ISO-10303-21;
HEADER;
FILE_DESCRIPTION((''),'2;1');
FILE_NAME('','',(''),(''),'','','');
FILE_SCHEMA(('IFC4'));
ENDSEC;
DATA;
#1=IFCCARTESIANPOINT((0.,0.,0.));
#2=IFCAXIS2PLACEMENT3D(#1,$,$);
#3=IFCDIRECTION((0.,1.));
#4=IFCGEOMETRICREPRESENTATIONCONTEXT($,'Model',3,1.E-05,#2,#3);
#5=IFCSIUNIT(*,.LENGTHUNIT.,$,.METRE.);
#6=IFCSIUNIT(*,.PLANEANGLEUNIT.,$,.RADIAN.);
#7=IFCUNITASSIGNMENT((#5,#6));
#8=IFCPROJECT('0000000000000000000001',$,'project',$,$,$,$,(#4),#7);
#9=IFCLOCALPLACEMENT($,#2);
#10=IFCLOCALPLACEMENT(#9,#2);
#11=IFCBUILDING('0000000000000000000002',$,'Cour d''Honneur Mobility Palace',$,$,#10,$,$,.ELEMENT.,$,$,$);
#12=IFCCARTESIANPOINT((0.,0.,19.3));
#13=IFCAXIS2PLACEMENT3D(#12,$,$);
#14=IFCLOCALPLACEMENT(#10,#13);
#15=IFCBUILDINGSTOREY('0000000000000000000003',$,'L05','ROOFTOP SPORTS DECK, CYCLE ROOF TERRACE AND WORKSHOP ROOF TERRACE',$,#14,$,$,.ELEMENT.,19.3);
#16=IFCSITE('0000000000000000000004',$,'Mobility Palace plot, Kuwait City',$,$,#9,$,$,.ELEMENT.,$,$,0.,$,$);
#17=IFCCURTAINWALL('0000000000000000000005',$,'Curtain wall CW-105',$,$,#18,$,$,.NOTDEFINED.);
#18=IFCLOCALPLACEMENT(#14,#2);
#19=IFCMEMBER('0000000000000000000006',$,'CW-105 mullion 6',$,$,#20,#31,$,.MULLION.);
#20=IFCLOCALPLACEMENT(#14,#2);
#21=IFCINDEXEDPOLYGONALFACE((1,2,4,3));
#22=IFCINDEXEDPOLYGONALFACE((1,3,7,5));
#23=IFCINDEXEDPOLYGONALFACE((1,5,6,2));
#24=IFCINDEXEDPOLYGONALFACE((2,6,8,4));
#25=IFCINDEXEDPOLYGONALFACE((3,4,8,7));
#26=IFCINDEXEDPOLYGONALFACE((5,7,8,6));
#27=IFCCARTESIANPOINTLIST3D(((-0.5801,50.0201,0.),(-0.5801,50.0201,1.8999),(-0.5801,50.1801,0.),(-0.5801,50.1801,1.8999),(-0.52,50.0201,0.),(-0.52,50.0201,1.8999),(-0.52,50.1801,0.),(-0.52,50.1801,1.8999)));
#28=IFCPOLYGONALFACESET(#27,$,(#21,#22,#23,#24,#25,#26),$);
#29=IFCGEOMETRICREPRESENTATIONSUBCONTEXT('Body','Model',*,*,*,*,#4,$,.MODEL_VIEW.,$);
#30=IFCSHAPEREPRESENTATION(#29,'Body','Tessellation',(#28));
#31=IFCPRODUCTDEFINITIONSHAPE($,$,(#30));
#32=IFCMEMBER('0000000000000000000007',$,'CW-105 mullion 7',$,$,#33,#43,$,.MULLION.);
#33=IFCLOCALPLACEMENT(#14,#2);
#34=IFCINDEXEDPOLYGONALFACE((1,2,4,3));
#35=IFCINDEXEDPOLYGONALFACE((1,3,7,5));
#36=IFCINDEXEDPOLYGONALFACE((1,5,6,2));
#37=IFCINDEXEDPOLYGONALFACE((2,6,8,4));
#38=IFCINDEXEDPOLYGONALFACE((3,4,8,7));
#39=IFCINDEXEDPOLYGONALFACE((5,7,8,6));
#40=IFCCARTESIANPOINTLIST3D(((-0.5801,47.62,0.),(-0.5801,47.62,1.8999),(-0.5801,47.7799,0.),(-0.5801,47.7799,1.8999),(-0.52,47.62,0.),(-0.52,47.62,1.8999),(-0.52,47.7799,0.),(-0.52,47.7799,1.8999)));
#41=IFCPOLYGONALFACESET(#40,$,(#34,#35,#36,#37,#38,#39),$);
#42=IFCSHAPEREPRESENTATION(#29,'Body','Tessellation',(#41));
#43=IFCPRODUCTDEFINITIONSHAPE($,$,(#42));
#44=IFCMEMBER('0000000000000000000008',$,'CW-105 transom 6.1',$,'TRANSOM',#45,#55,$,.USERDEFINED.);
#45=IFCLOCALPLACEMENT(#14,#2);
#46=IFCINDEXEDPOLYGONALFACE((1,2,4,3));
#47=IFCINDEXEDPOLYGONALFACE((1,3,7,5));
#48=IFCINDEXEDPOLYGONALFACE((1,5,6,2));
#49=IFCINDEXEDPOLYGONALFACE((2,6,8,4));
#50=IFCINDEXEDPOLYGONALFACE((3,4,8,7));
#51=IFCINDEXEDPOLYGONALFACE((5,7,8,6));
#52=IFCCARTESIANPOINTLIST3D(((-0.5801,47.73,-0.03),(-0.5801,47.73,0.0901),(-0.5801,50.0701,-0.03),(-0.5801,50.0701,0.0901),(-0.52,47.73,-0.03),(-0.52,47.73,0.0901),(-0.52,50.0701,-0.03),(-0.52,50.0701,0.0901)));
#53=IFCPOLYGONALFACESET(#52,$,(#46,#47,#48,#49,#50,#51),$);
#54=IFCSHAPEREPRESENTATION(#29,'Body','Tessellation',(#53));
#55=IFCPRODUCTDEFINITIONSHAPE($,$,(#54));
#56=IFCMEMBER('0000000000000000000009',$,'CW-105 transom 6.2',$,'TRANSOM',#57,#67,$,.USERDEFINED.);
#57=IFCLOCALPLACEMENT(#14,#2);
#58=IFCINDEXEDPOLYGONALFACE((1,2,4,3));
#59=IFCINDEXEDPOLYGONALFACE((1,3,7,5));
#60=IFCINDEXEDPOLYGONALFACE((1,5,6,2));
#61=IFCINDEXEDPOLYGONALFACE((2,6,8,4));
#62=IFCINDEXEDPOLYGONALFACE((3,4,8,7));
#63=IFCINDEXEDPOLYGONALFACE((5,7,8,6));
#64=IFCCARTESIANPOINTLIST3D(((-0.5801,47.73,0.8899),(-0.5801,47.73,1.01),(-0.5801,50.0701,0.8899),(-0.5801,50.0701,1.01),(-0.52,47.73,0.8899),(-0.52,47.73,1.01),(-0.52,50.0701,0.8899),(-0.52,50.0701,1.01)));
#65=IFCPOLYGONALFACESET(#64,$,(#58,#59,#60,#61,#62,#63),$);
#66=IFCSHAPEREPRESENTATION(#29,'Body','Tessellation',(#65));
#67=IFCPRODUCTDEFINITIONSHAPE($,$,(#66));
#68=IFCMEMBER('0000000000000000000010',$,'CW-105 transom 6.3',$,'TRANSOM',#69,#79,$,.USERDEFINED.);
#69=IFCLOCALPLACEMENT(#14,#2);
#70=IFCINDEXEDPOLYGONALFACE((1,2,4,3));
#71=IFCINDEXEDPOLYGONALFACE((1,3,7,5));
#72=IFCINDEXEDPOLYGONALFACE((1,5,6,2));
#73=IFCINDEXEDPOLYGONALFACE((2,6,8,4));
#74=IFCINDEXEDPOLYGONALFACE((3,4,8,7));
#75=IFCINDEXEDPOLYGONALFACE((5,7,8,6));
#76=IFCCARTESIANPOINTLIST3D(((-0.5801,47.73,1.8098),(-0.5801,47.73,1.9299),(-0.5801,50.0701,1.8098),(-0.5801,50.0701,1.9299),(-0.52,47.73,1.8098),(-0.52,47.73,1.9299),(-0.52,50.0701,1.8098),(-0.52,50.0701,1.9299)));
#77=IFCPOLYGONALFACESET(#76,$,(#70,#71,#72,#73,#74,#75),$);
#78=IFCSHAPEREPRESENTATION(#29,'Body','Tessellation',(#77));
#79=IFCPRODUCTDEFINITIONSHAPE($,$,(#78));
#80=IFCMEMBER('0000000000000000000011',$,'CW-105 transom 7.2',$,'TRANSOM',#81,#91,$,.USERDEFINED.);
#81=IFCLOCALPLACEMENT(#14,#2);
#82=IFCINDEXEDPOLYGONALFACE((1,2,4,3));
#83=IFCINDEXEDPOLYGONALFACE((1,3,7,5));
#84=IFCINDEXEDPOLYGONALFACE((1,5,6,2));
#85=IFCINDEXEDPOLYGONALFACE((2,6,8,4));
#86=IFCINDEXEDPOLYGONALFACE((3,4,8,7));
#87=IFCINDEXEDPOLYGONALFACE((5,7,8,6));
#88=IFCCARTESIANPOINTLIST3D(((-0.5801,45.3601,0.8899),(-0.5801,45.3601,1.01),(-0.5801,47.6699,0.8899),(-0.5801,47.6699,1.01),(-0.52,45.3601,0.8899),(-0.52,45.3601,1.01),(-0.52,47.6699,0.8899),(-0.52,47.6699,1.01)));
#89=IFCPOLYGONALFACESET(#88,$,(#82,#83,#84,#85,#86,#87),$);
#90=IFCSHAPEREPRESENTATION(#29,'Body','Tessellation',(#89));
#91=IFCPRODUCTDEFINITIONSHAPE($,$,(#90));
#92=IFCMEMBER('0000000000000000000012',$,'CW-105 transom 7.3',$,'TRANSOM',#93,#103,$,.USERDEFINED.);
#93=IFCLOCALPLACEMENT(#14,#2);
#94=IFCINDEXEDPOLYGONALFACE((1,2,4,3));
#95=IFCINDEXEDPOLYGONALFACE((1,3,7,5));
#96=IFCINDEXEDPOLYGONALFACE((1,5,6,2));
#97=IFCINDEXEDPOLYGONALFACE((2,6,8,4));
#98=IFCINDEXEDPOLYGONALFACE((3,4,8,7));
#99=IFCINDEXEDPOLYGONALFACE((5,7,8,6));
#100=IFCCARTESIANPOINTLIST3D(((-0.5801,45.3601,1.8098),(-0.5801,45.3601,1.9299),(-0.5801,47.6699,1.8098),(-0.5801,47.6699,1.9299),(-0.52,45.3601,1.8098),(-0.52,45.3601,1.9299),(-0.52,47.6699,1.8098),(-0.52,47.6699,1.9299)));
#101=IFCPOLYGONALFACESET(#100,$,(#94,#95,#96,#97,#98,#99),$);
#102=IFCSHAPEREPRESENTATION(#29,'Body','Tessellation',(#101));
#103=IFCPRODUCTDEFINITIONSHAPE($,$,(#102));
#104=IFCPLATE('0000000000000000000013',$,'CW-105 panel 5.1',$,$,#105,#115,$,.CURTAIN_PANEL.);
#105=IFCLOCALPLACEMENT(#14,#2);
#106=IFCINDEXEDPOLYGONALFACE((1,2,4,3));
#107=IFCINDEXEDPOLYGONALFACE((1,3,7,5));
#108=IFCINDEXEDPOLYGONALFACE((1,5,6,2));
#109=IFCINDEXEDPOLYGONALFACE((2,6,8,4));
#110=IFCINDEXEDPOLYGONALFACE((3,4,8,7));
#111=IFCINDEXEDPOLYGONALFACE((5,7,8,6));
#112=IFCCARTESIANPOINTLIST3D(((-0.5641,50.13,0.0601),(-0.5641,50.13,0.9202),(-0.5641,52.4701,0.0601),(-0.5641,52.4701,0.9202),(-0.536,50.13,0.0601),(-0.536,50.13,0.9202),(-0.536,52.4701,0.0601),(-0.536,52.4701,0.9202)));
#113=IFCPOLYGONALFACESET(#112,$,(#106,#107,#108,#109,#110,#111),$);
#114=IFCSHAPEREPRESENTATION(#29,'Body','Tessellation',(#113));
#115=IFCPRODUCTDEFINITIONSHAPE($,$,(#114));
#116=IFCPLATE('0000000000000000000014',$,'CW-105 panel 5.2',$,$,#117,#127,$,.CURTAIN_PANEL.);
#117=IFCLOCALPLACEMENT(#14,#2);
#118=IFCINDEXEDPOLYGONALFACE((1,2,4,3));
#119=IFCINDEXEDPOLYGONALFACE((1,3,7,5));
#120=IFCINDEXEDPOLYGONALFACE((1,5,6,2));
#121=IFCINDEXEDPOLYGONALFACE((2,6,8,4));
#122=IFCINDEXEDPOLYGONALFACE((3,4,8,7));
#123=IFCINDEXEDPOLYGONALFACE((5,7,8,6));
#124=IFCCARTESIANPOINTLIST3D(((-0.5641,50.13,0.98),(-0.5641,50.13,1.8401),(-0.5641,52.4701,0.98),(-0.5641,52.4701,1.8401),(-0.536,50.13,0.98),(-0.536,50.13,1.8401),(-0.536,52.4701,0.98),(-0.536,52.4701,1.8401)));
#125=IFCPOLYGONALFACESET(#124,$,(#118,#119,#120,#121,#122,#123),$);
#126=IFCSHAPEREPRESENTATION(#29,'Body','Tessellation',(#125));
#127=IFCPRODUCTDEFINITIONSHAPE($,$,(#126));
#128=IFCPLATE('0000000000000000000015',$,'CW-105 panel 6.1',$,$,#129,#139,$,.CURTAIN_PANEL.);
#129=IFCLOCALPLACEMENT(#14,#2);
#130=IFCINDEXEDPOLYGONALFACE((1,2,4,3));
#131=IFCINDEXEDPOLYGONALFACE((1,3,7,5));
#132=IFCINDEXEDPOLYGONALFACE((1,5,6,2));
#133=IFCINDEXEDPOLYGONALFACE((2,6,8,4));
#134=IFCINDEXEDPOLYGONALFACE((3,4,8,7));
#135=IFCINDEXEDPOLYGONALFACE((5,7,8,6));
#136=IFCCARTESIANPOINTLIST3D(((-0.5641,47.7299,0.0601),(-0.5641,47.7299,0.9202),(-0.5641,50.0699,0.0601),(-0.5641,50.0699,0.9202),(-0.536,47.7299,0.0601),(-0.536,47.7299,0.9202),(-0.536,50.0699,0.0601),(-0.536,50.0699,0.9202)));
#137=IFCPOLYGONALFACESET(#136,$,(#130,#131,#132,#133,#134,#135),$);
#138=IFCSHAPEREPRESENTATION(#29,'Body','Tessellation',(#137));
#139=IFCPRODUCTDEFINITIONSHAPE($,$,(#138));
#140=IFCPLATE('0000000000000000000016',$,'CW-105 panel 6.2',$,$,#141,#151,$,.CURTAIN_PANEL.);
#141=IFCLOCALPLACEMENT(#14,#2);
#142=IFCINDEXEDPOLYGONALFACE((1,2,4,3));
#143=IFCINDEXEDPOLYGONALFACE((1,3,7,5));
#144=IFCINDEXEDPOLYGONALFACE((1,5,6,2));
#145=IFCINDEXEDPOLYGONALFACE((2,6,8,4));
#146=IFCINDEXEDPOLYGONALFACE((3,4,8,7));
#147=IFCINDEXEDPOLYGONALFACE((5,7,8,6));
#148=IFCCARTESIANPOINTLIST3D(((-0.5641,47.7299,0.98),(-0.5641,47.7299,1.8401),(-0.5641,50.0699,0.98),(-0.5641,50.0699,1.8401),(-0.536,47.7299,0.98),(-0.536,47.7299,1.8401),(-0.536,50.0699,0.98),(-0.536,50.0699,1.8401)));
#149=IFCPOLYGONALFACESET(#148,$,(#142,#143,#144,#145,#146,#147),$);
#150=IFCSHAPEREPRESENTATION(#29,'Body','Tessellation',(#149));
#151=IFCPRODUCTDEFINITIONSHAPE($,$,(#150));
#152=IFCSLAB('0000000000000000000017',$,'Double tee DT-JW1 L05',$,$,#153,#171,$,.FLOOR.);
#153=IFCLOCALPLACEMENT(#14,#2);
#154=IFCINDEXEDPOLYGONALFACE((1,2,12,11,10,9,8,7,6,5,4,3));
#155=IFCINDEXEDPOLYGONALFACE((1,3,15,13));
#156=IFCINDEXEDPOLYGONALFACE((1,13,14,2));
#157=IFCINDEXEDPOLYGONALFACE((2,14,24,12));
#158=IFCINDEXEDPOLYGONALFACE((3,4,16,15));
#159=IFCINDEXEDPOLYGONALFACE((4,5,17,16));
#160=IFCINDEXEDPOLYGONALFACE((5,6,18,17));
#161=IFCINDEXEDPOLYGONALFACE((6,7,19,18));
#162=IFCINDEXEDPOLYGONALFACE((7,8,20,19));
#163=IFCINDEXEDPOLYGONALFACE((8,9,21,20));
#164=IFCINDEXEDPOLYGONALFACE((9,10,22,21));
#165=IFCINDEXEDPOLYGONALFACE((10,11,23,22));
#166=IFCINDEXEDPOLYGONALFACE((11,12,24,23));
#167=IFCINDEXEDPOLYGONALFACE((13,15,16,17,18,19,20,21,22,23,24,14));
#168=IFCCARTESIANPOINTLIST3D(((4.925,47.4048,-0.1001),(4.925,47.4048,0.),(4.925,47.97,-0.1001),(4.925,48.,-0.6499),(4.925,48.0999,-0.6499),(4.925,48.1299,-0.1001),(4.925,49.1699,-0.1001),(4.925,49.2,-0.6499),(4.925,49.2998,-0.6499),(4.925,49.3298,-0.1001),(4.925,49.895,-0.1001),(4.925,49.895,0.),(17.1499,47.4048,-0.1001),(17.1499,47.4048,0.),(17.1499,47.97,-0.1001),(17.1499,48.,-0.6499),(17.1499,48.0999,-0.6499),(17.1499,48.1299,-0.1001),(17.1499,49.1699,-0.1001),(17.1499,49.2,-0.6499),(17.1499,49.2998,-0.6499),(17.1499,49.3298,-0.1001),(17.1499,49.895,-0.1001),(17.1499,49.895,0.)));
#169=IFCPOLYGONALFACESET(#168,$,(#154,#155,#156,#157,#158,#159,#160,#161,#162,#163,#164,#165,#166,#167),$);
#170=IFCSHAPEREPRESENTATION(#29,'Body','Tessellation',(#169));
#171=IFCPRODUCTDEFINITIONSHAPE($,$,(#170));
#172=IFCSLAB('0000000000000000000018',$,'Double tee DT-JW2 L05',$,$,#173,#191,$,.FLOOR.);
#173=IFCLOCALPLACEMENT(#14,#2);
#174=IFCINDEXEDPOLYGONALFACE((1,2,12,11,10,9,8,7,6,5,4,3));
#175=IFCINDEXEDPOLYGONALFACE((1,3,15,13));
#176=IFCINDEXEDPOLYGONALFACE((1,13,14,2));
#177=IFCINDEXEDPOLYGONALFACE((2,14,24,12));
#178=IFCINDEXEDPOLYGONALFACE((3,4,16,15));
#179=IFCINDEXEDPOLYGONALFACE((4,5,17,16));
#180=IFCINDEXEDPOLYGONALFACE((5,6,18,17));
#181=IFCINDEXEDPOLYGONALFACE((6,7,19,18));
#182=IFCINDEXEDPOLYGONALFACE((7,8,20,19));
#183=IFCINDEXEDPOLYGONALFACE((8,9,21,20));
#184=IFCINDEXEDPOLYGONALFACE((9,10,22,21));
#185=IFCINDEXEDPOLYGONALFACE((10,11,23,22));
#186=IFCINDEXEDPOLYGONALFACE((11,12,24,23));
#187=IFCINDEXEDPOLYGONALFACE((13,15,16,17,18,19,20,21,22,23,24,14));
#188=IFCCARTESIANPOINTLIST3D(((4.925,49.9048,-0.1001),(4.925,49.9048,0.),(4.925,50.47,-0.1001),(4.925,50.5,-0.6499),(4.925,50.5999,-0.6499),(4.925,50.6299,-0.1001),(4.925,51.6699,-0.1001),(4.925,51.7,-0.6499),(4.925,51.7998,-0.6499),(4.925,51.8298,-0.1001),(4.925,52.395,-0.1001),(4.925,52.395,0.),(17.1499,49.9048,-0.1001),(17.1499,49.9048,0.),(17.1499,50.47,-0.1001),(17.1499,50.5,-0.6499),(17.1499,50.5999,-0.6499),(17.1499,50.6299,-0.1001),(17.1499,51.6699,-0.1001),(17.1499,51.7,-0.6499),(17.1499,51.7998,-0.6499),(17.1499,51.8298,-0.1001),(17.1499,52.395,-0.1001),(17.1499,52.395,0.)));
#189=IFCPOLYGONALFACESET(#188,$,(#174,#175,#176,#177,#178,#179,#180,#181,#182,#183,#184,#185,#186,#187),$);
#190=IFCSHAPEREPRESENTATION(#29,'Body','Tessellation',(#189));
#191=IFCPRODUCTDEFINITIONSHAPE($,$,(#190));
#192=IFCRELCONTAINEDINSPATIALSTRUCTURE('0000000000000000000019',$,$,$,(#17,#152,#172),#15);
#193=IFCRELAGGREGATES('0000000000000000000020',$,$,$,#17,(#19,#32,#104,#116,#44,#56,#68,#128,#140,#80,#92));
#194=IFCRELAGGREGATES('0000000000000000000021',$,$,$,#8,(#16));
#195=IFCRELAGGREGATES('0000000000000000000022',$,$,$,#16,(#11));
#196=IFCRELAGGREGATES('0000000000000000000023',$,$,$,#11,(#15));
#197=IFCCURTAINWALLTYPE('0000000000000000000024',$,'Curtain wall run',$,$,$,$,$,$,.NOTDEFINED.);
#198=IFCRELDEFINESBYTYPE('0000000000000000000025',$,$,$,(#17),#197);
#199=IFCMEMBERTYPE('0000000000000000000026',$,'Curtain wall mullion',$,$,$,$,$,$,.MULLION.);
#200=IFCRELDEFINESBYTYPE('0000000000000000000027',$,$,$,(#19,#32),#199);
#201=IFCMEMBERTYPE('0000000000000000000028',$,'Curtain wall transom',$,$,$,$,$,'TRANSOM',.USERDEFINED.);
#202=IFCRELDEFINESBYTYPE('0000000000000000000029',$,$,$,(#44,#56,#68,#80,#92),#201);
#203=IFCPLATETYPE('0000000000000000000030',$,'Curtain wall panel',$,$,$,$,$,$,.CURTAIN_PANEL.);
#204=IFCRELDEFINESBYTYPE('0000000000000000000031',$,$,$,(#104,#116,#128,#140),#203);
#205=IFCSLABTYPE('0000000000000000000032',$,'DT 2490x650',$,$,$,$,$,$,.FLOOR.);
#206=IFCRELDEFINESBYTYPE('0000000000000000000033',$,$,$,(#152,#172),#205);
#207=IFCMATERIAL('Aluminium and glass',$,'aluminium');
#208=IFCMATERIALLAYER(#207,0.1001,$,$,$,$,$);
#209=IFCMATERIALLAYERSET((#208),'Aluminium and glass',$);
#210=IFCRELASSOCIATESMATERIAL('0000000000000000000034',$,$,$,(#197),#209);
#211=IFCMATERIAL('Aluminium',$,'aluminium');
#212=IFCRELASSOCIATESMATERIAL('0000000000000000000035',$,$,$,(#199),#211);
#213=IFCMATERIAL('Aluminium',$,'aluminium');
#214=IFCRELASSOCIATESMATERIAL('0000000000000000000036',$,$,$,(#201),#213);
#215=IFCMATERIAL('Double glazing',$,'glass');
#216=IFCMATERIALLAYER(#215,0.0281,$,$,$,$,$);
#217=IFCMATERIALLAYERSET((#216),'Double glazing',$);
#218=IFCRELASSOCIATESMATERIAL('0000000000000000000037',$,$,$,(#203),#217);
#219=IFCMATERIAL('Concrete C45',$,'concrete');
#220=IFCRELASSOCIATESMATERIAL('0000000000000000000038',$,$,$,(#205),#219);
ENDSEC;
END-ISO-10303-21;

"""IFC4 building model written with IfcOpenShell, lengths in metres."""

from ifc_helpers import new_model, si_unit, direction, frame, origin, origin_2d, place, context, subcontext, project, spatial, polyline, rectangle, outline, extrude, material, layer, layer_set, material_profile, profile_set, type_object, element, aggregate, save


model = new_model("IFC4")

# Units and contexts
model_context = context("Model", 3, precision=1e-05, world=origin(), true_north=direction((0.0, 1.0)))
body_context = subcontext(model_context, "Body", "Model", "MODEL_VIEW")
ifc_project = project(units=[si_unit("LENGTHUNIT", "METRE"), si_unit("PLANEANGLEUNIT", "RADIAN")], contexts=[model_context])

# Site, building, storey
site_placement = place(None, origin())
site = spatial("IfcSite", under=ifc_project, at=site_placement, Name="Mobility Palace plot, Kuwait City", CompositionType="ELEMENT", RefElevation=0.0)
building_placement = place(site_placement, origin())
building = spatial("IfcBuilding", under=site, at=building_placement, Name="Cour d'Honneur Mobility Palace", CompositionType="ELEMENT")
storey_placement = place(building_placement, frame((0.0, 0.0, 19.3)))
storey = spatial("IfcBuildingStorey", under=building, at=storey_placement, Name="L05", Description="ROOFTOP SPORTS DECK, CYCLE ROOF TERRACE AND WORKSHOP ROOF TERRACE", CompositionType="ELEMENT", Elevation=19.3)

# Curtain wall, members, plates
ifc_material_1 = material(Name="Aluminium and glass", Category="aluminium")
ifc_layer_1 = layer(ifc_material_1, 0.1001)
ifc_layer_set_1 = layer_set([ifc_layer_1], Name="Aluminium and glass")
curtain_wall_type = type_object("IfcCurtainWallType", Name="Curtain wall run", PredefinedType="NOTDEFINED", material=ifc_layer_set_1)
curtain_wall_placement = place(storey_placement, origin())
curtain_wall = element("IfcCurtainWall", 1, at=curtain_wall_placement, inside=storey, type_object=curtain_wall_type, Name="Curtain wall CW-105", PredefinedType="NOTDEFINED")
ifc_material_2 = material(Name="Aluminium", Category="aluminium")
ifc_material_profile_1 = material_profile(ifc_material_2, rectangle(XDim=0.0601, YDim=0.1599, at=origin_2d()), Name="Curtain wall mullion")
ifc_profile_set_1 = profile_set([ifc_material_profile_1], Name="Aluminium")
member_type_1 = type_object("IfcMemberType", Name="Curtain wall mullion", PredefinedType="MULLION", material=ifc_profile_set_1)
member_1_placement = place(storey_placement, frame((-0.55, 50.1001, 0.0), z_axis=(0.0, 0.0, 1.0), x_axis=(1.0, 0.0, 0.0)))
member_1 = element("IfcMember", 2, at=member_1_placement, type_object=member_type_1, Name="CW-105 mullion 6", PredefinedType="MULLION", context=body_context, shape_type="SweptSolid", body=[
    extrude(rectangle(XDim=0.0601, YDim=0.1599, at=origin_2d()), origin(), (0.0, 0.0, 1.0), 1.8999),
])
member_2_placement = place(storey_placement, frame((-0.55, 47.7, 0.0), z_axis=(0.0, 0.0, 1.0), x_axis=(1.0, 0.0, 0.0)))
member_2 = element("IfcMember", 3, at=member_2_placement, type_object=member_type_1, Name="CW-105 mullion 7", PredefinedType="MULLION", context=body_context, shape_type="SweptSolid", body=[
    extrude(rectangle(XDim=0.0601, YDim=0.1599, at=origin_2d()), origin(), (0.0, 0.0, 1.0), 1.8999),
])
ifc_material_3 = material(Name="Aluminium", Category="aluminium")
ifc_material_profile_2 = material_profile(ifc_material_3, rectangle(XDim=0.0601, YDim=0.1201, at=origin_2d()), Name="Curtain wall transom")
ifc_profile_set_2 = profile_set([ifc_material_profile_2], Name="Aluminium")
member_type_2 = type_object("IfcMemberType", Name="Curtain wall transom", ElementType="TRANSOM", PredefinedType="USERDEFINED", material=ifc_profile_set_2)
member_3_placement = place(storey_placement, frame((-0.55, 50.0701, 0.03), z_axis=(0.0, -1.0, 0.0), x_axis=(1.0, 0.0, 0.0)))
member_3 = element("IfcMember", 4, at=member_3_placement, type_object=member_type_2, Name="CW-105 transom 6.1", ObjectType="TRANSOM", PredefinedType="USERDEFINED", context=body_context, shape_type="SweptSolid", body=[
    extrude(rectangle(XDim=0.0601, YDim=0.1201, at=origin_2d()), origin(), (0.0, 0.0, 1.0), 2.3401),
])
member_4_placement = place(storey_placement, frame((-0.55, 50.0701, 0.95), z_axis=(0.0, -1.0, 0.0), x_axis=(1.0, 0.0, 0.0)))
member_4 = element("IfcMember", 5, at=member_4_placement, type_object=member_type_2, Name="CW-105 transom 6.2", ObjectType="TRANSOM", PredefinedType="USERDEFINED", context=body_context, shape_type="SweptSolid", body=[
    extrude(rectangle(XDim=0.0601, YDim=0.1201, at=origin_2d()), origin(), (0.0, 0.0, 1.0), 2.3401),
])
member_5_placement = place(storey_placement, frame((-0.55, 50.0701, 1.8699), z_axis=(0.0, -1.0, 0.0), x_axis=(1.0, 0.0, 0.0)))
member_5 = element("IfcMember", 6, at=member_5_placement, type_object=member_type_2, Name="CW-105 transom 6.3", ObjectType="TRANSOM", PredefinedType="USERDEFINED", context=body_context, shape_type="SweptSolid", body=[
    extrude(rectangle(XDim=0.0601, YDim=0.1201, at=origin_2d()), origin(), (0.0, 0.0, 1.0), 2.3401),
])
member_6_placement = place(storey_placement, frame((-0.55, 47.6699, 0.95), z_axis=(0.0, -1.0, 0.0), x_axis=(1.0, 0.0, 0.0)))
member_6 = element("IfcMember", 7, at=member_6_placement, type_object=member_type_2, Name="CW-105 transom 7.2", ObjectType="TRANSOM", PredefinedType="USERDEFINED", context=body_context, shape_type="SweptSolid", body=[
    extrude(rectangle(XDim=0.0601, YDim=0.1201, at=origin_2d()), origin(), (0.0, 0.0, 1.0), 2.3098),
])
member_7_placement = place(storey_placement, frame((-0.55, 47.6699, 1.8699), z_axis=(0.0, -1.0, 0.0), x_axis=(1.0, 0.0, 0.0)))
member_7 = element("IfcMember", 8, at=member_7_placement, type_object=member_type_2, Name="CW-105 transom 7.3", ObjectType="TRANSOM", PredefinedType="USERDEFINED", context=body_context, shape_type="SweptSolid", body=[
    extrude(rectangle(XDim=0.0601, YDim=0.1201, at=origin_2d()), origin(), (0.0, 0.0, 1.0), 2.3098),
])
ifc_material_4 = material(Name="Double glazing", Category="glass")
ifc_layer_2 = layer(ifc_material_4, 0.0281)
ifc_layer_set_2 = layer_set([ifc_layer_2], Name="Double glazing")
plate_type = type_object("IfcPlateType", Name="Curtain wall panel", PredefinedType="CURTAIN_PANEL", material=ifc_layer_set_2)
plate_1_placement = place(storey_placement, frame((-0.55, 51.3, 0.0601), z_axis=(0.0, 0.0, 1.0), x_axis=(0.0, -1.0, 0.0)))
plate_1 = element("IfcPlate", 9, at=plate_1_placement, type_object=plate_type, Name="CW-105 panel 5.1", PredefinedType="CURTAIN_PANEL", context=body_context, shape_type="SweptSolid", body=[
    extrude(rectangle(XDim=2.3401, YDim=0.0281, at=origin_2d()), origin(), (0.0, 0.0, 1.0), 0.8601),
])
plate_2_placement = place(storey_placement, frame((-0.55, 51.3, 0.98), z_axis=(0.0, 0.0, 1.0), x_axis=(0.0, -1.0, 0.0)))
plate_2 = element("IfcPlate", 10, at=plate_2_placement, type_object=plate_type, Name="CW-105 panel 5.2", PredefinedType="CURTAIN_PANEL", context=body_context, shape_type="SweptSolid", body=[
    extrude(rectangle(XDim=2.3401, YDim=0.0281, at=origin_2d()), origin(), (0.0, 0.0, 1.0), 0.8601),
])
plate_3_placement = place(storey_placement, frame((-0.55, 48.8999, 0.0601), z_axis=(0.0, 0.0, 1.0), x_axis=(0.0, -1.0, 0.0)))
plate_3 = element("IfcPlate", 11, at=plate_3_placement, type_object=plate_type, Name="CW-105 panel 6.1", PredefinedType="CURTAIN_PANEL", context=body_context, shape_type="SweptSolid", body=[
    extrude(rectangle(XDim=2.3401, YDim=0.0281, at=origin_2d()), origin(), (0.0, 0.0, 1.0), 0.8601),
])
plate_4_placement = place(storey_placement, frame((-0.55, 48.8999, 0.98), z_axis=(0.0, 0.0, 1.0), x_axis=(0.0, -1.0, 0.0)))
plate_4 = element("IfcPlate", 12, at=plate_4_placement, type_object=plate_type, Name="CW-105 panel 6.2", PredefinedType="CURTAIN_PANEL", context=body_context, shape_type="SweptSolid", body=[
    extrude(rectangle(XDim=2.3401, YDim=0.0281, at=origin_2d()), origin(), (0.0, 0.0, 1.0), 0.8601),
])
aggregate(curtain_wall, [member_1, member_2, plate_1, plate_2, member_3, member_4, member_5, plate_3, plate_4, member_6, member_7])

# Slabs
ifc_material_5 = material(Name="Concrete C45", Category="concrete")
ifc_material_profile_3 = material_profile(ifc_material_5, outline(polyline([(-1.2451, 0.0), (1.2451, 0.0), (1.2451, -0.1001), (0.6799, -0.1001), (0.6499, -0.6499), (0.55, -0.6499), (0.52, -0.1001), (-0.52, -0.1001), (-0.55, -0.6499), (-0.6499, -0.6499), (-0.6799, -0.1001), (-1.2451, -0.1001), (-1.2451, 0.0)])), Name="DT 2490x650")
ifc_profile_set_3 = profile_set([ifc_material_profile_3], Name="Concrete C45")
slab_type = type_object("IfcSlabType", Name="DT 2490x650", PredefinedType="FLOOR", material=ifc_profile_set_3)
for number, where, z_axis, x_axis, name in (
    (13, (4.925, 48.6499, 0.0), (1.0, 0.0, 0.0), (0.0, 1.0, 0.0), "Double tee DT-JW1 L05"),
    (14, (4.925, 51.1499, 0.0), (1.0, 0.0, 0.0), (0.0, 1.0, 0.0), "Double tee DT-JW2 L05"),
):
    element("IfcSlab", number, at=place(storey_placement, frame(where, z_axis=z_axis, x_axis=x_axis)), inside=storey, type_object=slab_type, Name=name, PredefinedType="FLOOR", context=body_context, shape_type="SweptSolid", body=[
        extrude(outline(polyline([(-1.2451, 0.0), (1.2451, 0.0), (1.2451, -0.1001), (0.6799, -0.1001), (0.6499, -0.6499), (0.55, -0.6499), (0.52, -0.1001), (-0.52, -0.1001), (-0.55, -0.6499), (-0.6499, -0.6499), (-0.6799, -0.1001), (-1.2451, -0.1001), (-1.2451, 0.0)])), origin(), (0.0, 0.0, 1.0), 12.2249),
    ])

save(model, "model.ifc")
